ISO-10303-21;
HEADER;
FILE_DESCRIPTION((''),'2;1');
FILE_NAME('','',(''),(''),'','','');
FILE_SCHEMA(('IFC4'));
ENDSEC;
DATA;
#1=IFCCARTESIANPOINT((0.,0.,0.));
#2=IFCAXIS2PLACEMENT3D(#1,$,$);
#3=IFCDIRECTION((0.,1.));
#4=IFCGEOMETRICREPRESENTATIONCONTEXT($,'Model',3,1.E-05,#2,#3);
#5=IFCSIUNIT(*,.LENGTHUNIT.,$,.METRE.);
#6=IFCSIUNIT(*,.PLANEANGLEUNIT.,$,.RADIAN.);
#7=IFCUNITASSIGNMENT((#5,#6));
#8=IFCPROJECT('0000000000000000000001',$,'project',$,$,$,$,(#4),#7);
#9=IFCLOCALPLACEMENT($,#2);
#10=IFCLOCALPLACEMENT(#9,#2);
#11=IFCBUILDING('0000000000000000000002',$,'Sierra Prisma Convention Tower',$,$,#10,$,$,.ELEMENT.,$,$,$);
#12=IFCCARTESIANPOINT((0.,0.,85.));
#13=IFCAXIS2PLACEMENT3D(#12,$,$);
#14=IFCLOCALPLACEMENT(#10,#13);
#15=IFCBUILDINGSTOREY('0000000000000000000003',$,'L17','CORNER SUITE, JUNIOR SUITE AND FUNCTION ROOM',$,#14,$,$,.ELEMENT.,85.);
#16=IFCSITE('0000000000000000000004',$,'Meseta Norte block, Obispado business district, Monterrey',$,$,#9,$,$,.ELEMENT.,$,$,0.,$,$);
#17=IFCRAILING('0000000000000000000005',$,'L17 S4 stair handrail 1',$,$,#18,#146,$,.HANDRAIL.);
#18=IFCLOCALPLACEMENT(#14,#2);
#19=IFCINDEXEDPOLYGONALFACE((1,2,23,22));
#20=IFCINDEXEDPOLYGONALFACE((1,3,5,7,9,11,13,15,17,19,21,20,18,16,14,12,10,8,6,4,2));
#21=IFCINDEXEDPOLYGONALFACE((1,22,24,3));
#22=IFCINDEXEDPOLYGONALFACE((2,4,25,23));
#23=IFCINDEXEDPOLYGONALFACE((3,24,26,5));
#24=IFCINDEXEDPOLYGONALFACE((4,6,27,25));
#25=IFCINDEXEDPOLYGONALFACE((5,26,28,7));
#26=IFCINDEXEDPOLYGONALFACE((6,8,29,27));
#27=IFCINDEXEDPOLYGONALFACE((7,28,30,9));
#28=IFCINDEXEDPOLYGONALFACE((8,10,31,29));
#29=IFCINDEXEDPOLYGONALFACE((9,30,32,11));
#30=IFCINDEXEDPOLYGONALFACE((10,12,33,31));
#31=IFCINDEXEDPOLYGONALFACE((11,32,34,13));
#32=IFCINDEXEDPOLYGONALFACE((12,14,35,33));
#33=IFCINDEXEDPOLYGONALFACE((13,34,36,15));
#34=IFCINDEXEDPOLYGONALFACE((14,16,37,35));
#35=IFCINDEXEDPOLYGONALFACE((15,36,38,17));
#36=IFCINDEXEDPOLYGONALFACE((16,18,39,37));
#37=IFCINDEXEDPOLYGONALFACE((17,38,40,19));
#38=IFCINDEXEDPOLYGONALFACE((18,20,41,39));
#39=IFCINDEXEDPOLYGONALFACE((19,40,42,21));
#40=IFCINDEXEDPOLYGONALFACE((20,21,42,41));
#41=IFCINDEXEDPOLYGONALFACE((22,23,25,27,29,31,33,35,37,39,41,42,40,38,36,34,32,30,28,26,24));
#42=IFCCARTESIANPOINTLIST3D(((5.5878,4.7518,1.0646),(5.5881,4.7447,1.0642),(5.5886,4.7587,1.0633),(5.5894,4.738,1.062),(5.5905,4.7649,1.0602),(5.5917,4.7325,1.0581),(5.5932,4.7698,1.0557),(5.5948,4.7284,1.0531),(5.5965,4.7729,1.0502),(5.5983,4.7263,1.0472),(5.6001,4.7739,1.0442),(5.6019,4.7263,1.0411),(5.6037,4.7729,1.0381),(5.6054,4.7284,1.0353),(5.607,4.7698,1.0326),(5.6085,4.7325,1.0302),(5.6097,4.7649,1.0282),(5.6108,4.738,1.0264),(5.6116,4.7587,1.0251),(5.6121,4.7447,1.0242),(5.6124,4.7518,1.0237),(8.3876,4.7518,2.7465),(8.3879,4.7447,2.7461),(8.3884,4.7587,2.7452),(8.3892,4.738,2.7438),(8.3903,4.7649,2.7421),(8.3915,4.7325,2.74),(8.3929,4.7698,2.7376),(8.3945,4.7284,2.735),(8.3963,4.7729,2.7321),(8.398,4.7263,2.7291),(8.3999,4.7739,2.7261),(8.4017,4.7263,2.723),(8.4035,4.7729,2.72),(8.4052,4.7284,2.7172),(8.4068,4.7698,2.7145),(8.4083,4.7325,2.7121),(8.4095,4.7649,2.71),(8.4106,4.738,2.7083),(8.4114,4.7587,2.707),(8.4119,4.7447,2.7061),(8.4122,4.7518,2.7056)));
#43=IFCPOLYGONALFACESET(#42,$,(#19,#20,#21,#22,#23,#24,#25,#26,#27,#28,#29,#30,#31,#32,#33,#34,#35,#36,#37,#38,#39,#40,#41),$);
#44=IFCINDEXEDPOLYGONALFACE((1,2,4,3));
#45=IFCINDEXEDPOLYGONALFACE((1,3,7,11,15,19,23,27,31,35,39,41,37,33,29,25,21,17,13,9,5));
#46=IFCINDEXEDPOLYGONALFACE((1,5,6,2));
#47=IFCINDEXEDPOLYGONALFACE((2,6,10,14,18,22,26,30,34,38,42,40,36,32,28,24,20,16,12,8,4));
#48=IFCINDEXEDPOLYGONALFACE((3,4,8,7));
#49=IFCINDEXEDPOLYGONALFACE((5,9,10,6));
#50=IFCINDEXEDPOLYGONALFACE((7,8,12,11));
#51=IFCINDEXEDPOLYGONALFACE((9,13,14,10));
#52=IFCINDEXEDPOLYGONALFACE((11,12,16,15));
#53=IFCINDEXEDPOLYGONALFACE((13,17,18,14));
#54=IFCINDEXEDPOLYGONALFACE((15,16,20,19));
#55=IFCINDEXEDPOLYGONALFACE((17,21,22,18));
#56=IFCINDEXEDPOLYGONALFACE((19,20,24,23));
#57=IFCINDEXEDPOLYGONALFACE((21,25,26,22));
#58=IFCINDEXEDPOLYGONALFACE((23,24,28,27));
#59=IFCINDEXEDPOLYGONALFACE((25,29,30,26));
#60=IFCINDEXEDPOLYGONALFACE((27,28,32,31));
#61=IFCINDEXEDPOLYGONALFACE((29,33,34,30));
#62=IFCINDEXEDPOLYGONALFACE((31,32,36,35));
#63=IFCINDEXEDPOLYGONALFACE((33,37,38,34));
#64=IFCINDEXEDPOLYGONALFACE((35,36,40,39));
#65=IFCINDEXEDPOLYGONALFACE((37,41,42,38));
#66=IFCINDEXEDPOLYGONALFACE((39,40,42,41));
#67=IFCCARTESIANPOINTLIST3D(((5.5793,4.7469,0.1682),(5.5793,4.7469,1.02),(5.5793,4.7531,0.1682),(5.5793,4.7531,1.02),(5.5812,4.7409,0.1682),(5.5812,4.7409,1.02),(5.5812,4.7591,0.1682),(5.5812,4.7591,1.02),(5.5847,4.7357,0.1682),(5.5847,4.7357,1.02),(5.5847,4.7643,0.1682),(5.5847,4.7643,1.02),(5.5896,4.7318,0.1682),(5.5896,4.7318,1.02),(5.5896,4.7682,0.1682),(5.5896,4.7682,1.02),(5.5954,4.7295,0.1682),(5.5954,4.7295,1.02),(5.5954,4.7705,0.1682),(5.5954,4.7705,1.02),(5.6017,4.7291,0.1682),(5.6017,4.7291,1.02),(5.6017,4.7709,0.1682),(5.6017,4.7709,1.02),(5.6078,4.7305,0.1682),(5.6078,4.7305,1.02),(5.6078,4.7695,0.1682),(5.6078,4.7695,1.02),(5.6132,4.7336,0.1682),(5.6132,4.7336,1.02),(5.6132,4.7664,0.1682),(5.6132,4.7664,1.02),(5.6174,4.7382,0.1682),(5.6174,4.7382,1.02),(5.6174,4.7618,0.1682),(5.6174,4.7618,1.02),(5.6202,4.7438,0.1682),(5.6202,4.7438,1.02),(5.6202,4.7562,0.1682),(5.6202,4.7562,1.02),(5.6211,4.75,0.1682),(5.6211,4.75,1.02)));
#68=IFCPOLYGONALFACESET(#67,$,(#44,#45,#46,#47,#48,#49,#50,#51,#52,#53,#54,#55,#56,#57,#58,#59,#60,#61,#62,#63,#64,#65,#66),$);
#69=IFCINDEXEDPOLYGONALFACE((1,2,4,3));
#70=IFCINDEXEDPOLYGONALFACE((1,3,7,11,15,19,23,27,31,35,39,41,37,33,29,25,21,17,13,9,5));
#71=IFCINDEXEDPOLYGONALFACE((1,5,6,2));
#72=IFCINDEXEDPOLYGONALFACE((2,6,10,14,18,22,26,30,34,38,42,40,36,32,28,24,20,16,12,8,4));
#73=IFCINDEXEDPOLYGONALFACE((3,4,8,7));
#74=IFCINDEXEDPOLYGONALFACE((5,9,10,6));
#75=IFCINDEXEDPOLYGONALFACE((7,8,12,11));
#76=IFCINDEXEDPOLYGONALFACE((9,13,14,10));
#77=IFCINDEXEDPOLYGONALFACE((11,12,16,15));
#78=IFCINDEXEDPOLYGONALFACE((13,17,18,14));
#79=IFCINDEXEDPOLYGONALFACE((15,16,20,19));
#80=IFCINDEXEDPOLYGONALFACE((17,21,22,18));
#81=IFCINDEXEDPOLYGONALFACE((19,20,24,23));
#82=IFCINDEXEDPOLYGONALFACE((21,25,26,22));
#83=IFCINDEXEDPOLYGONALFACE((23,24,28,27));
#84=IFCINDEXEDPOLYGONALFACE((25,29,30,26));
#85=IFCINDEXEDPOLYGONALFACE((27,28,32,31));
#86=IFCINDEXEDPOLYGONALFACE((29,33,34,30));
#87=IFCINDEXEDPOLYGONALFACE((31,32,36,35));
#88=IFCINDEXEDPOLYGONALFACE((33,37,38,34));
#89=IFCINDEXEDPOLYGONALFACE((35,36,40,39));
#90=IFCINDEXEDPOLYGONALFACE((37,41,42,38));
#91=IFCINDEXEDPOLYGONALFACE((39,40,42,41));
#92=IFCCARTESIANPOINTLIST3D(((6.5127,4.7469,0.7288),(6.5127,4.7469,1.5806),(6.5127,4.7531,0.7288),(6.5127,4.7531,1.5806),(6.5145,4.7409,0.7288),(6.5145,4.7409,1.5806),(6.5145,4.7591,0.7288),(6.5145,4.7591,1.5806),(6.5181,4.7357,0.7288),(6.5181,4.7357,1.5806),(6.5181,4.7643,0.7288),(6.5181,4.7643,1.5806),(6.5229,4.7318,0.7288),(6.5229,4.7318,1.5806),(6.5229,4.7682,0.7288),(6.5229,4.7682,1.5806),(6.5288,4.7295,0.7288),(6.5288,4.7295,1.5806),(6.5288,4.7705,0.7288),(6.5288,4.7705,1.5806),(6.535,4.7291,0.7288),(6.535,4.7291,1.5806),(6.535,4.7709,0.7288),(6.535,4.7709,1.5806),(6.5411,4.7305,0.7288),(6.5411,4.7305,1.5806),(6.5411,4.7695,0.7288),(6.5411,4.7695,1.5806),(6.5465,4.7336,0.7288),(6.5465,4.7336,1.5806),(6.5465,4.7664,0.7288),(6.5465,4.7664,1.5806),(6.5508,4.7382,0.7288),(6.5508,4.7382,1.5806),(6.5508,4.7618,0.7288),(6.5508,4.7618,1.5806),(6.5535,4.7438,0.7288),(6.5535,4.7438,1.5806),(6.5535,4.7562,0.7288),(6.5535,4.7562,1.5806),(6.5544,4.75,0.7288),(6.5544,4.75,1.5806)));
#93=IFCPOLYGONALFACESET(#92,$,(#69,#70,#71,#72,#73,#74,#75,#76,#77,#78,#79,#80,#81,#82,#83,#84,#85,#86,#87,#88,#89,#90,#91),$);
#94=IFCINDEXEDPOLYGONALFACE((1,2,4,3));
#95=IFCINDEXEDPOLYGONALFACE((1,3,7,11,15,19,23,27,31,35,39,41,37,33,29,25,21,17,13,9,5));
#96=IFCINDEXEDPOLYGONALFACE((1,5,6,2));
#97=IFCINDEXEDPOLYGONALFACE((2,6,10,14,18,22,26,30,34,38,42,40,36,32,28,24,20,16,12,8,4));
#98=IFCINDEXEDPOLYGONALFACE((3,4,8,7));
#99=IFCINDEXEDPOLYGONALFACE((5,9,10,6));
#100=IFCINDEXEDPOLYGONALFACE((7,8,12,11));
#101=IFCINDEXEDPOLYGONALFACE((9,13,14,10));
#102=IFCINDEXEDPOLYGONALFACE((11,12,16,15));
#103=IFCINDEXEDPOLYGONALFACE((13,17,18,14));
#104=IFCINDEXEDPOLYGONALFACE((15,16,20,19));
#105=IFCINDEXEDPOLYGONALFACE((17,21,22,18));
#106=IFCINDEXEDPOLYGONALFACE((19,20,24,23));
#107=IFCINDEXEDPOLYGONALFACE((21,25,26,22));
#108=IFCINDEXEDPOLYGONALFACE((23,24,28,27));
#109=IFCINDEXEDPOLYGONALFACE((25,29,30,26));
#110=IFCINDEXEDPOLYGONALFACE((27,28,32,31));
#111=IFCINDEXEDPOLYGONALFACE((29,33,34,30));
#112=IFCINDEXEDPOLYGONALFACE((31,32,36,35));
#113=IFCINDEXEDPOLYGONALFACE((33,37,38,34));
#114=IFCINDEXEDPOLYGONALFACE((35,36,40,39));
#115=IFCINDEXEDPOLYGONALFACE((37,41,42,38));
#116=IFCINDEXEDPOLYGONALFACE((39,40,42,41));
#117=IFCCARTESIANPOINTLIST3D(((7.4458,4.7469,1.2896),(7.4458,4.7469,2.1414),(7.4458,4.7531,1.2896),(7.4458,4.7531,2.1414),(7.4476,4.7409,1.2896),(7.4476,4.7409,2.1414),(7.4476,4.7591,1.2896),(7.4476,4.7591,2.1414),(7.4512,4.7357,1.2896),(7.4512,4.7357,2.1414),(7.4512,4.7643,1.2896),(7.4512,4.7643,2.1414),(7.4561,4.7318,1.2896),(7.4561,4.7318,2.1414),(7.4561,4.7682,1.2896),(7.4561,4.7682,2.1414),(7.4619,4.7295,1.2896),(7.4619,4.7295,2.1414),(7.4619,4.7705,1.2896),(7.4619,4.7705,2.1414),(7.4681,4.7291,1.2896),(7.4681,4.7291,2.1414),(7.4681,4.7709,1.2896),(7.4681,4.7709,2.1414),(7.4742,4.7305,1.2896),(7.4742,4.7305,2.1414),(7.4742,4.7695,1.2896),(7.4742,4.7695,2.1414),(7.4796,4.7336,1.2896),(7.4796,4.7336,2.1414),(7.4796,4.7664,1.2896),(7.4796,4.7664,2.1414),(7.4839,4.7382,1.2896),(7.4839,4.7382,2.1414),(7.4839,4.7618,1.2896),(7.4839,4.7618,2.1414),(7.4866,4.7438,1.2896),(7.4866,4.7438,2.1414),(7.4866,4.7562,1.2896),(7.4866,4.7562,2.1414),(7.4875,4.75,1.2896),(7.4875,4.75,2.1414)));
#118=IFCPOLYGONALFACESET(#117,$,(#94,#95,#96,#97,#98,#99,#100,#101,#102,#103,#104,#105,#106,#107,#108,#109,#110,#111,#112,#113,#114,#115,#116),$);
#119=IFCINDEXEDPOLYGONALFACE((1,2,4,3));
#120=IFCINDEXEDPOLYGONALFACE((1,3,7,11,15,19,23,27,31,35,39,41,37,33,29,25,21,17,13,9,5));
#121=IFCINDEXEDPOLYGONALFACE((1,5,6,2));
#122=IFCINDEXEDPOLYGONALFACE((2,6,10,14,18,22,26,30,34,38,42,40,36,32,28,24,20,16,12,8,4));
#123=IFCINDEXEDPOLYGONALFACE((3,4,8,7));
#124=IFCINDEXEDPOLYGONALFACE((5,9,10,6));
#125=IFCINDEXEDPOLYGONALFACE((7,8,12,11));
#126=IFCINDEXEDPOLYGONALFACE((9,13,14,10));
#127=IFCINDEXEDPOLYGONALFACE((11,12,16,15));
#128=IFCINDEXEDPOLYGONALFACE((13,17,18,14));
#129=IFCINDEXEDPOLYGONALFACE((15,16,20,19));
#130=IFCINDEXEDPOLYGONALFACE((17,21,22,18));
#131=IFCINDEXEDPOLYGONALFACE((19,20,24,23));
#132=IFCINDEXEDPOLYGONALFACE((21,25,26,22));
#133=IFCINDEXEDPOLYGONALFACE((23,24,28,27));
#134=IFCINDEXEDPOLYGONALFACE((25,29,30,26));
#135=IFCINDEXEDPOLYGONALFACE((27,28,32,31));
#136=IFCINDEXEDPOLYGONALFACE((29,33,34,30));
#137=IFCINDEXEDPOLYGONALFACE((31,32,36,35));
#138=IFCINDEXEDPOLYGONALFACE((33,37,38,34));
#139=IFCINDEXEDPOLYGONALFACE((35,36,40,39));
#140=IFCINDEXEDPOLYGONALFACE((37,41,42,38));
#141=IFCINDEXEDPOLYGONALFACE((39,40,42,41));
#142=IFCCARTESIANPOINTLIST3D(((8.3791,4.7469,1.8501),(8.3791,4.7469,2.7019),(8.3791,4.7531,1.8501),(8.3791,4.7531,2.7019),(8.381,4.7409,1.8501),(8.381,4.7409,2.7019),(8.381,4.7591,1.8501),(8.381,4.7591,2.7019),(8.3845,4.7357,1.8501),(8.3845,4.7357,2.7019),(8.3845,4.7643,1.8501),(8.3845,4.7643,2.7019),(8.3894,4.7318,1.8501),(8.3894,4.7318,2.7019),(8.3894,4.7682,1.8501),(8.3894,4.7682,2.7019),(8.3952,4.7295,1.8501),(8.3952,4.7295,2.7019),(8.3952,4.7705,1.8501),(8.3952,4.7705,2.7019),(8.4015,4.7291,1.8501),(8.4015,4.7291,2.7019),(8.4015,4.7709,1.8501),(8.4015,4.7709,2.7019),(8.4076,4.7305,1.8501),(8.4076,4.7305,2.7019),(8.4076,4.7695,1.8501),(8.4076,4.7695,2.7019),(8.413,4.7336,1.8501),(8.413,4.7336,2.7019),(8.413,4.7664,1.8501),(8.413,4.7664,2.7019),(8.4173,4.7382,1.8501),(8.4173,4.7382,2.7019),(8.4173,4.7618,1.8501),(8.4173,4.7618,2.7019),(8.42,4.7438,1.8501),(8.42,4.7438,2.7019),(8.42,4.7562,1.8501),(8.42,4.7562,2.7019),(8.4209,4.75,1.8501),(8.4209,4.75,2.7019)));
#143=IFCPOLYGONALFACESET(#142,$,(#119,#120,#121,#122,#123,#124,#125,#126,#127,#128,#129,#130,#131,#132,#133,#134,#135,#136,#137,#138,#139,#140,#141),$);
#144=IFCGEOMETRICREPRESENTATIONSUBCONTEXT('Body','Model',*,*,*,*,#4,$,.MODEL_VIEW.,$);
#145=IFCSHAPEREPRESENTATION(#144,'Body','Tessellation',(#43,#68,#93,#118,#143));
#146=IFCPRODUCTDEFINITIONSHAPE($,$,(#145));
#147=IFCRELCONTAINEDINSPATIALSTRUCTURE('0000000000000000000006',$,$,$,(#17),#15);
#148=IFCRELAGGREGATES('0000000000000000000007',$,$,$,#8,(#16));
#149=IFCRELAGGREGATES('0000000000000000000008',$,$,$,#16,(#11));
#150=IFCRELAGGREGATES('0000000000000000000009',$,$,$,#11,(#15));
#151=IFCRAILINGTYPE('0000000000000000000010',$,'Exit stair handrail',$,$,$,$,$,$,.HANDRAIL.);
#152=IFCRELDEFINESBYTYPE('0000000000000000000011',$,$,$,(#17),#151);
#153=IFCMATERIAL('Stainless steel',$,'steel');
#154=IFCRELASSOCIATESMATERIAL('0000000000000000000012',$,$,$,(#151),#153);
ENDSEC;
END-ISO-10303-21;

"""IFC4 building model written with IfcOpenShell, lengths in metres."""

from ifc_helpers import new_model, si_unit, direction, frame, origin, origin_2d, place, context, subcontext, project, spatial, circle, extrude, material, type_object, element, save


model = new_model("IFC4")

# Units and contexts
model_context = context("Model", 3, precision=1e-05, world=origin(), true_north=direction((0.0, 1.0)))
body_context = subcontext(model_context, "Body", "Model", "MODEL_VIEW")
ifc_project = project(units=[si_unit("LENGTHUNIT", "METRE"), si_unit("PLANEANGLEUNIT", "RADIAN")], contexts=[model_context])

# Site, building, storey
site_placement = place(None, origin())
site = spatial("IfcSite", under=ifc_project, at=site_placement, Name="Meseta Norte block, Obispado business district, Monterrey", CompositionType="ELEMENT", RefElevation=0.0)
building_placement = place(site_placement, origin())
building = spatial("IfcBuilding", under=site, at=building_placement, Name="Sierra Prisma Convention Tower", CompositionType="ELEMENT")
storey_placement = place(building_placement, frame((0.0, 0.0, 85.0)))
storey = spatial("IfcBuildingStorey", under=building, at=storey_placement, Name="L17", Description="CORNER SUITE, JUNIOR SUITE AND FUNCTION ROOM", CompositionType="ELEMENT", Elevation=85.0)

# Railing
ifc_material_1 = material(Name="Stainless steel", Category="steel")
railing_type_1 = type_object("IfcRailingType", Name="Exit stair handrail", PredefinedType="HANDRAIL", material=ifc_material_1)
railing_1_placement = place(storey_placement, frame((5.6001, 4.75, 0.1682)))
element("IfcRailing", 1, at=railing_1_placement, inside=storey, type_object=railing_type_1, Name="L17 S4 stair handrail 1", PredefinedType="HANDRAIL", context=body_context, shape_type="SweptSolid", body=[
    extrude(circle(Radius=0.0239, at=origin_2d()), frame((0.0, 0.0, 0.876), z_axis=(0.857222, 0.0, 0.514946), x_axis=(0.0, 1.0, 0.0)), (0.0, 0.0, 1.0), 3.2661),
    extrude(circle(Radius=0.021, at=origin_2d()), origin(), (0.0, 0.0, 1.0), 0.8518),
    extrude(circle(Radius=0.021, at=origin_2d()), frame((0.9333, 0.0, 0.5605)), (0.0, 0.0, 1.0), 0.8518),
    extrude(circle(Radius=0.021, at=origin_2d()), frame((1.8665, 0.0, 1.1213)), (0.0, 0.0, 1.0), 0.8518),
    extrude(circle(Radius=0.021, at=origin_2d()), frame((2.7998, 0.0, 1.6819)), (0.0, 0.0, 1.0), 0.8518),
])

save(model, "model.ifc")
